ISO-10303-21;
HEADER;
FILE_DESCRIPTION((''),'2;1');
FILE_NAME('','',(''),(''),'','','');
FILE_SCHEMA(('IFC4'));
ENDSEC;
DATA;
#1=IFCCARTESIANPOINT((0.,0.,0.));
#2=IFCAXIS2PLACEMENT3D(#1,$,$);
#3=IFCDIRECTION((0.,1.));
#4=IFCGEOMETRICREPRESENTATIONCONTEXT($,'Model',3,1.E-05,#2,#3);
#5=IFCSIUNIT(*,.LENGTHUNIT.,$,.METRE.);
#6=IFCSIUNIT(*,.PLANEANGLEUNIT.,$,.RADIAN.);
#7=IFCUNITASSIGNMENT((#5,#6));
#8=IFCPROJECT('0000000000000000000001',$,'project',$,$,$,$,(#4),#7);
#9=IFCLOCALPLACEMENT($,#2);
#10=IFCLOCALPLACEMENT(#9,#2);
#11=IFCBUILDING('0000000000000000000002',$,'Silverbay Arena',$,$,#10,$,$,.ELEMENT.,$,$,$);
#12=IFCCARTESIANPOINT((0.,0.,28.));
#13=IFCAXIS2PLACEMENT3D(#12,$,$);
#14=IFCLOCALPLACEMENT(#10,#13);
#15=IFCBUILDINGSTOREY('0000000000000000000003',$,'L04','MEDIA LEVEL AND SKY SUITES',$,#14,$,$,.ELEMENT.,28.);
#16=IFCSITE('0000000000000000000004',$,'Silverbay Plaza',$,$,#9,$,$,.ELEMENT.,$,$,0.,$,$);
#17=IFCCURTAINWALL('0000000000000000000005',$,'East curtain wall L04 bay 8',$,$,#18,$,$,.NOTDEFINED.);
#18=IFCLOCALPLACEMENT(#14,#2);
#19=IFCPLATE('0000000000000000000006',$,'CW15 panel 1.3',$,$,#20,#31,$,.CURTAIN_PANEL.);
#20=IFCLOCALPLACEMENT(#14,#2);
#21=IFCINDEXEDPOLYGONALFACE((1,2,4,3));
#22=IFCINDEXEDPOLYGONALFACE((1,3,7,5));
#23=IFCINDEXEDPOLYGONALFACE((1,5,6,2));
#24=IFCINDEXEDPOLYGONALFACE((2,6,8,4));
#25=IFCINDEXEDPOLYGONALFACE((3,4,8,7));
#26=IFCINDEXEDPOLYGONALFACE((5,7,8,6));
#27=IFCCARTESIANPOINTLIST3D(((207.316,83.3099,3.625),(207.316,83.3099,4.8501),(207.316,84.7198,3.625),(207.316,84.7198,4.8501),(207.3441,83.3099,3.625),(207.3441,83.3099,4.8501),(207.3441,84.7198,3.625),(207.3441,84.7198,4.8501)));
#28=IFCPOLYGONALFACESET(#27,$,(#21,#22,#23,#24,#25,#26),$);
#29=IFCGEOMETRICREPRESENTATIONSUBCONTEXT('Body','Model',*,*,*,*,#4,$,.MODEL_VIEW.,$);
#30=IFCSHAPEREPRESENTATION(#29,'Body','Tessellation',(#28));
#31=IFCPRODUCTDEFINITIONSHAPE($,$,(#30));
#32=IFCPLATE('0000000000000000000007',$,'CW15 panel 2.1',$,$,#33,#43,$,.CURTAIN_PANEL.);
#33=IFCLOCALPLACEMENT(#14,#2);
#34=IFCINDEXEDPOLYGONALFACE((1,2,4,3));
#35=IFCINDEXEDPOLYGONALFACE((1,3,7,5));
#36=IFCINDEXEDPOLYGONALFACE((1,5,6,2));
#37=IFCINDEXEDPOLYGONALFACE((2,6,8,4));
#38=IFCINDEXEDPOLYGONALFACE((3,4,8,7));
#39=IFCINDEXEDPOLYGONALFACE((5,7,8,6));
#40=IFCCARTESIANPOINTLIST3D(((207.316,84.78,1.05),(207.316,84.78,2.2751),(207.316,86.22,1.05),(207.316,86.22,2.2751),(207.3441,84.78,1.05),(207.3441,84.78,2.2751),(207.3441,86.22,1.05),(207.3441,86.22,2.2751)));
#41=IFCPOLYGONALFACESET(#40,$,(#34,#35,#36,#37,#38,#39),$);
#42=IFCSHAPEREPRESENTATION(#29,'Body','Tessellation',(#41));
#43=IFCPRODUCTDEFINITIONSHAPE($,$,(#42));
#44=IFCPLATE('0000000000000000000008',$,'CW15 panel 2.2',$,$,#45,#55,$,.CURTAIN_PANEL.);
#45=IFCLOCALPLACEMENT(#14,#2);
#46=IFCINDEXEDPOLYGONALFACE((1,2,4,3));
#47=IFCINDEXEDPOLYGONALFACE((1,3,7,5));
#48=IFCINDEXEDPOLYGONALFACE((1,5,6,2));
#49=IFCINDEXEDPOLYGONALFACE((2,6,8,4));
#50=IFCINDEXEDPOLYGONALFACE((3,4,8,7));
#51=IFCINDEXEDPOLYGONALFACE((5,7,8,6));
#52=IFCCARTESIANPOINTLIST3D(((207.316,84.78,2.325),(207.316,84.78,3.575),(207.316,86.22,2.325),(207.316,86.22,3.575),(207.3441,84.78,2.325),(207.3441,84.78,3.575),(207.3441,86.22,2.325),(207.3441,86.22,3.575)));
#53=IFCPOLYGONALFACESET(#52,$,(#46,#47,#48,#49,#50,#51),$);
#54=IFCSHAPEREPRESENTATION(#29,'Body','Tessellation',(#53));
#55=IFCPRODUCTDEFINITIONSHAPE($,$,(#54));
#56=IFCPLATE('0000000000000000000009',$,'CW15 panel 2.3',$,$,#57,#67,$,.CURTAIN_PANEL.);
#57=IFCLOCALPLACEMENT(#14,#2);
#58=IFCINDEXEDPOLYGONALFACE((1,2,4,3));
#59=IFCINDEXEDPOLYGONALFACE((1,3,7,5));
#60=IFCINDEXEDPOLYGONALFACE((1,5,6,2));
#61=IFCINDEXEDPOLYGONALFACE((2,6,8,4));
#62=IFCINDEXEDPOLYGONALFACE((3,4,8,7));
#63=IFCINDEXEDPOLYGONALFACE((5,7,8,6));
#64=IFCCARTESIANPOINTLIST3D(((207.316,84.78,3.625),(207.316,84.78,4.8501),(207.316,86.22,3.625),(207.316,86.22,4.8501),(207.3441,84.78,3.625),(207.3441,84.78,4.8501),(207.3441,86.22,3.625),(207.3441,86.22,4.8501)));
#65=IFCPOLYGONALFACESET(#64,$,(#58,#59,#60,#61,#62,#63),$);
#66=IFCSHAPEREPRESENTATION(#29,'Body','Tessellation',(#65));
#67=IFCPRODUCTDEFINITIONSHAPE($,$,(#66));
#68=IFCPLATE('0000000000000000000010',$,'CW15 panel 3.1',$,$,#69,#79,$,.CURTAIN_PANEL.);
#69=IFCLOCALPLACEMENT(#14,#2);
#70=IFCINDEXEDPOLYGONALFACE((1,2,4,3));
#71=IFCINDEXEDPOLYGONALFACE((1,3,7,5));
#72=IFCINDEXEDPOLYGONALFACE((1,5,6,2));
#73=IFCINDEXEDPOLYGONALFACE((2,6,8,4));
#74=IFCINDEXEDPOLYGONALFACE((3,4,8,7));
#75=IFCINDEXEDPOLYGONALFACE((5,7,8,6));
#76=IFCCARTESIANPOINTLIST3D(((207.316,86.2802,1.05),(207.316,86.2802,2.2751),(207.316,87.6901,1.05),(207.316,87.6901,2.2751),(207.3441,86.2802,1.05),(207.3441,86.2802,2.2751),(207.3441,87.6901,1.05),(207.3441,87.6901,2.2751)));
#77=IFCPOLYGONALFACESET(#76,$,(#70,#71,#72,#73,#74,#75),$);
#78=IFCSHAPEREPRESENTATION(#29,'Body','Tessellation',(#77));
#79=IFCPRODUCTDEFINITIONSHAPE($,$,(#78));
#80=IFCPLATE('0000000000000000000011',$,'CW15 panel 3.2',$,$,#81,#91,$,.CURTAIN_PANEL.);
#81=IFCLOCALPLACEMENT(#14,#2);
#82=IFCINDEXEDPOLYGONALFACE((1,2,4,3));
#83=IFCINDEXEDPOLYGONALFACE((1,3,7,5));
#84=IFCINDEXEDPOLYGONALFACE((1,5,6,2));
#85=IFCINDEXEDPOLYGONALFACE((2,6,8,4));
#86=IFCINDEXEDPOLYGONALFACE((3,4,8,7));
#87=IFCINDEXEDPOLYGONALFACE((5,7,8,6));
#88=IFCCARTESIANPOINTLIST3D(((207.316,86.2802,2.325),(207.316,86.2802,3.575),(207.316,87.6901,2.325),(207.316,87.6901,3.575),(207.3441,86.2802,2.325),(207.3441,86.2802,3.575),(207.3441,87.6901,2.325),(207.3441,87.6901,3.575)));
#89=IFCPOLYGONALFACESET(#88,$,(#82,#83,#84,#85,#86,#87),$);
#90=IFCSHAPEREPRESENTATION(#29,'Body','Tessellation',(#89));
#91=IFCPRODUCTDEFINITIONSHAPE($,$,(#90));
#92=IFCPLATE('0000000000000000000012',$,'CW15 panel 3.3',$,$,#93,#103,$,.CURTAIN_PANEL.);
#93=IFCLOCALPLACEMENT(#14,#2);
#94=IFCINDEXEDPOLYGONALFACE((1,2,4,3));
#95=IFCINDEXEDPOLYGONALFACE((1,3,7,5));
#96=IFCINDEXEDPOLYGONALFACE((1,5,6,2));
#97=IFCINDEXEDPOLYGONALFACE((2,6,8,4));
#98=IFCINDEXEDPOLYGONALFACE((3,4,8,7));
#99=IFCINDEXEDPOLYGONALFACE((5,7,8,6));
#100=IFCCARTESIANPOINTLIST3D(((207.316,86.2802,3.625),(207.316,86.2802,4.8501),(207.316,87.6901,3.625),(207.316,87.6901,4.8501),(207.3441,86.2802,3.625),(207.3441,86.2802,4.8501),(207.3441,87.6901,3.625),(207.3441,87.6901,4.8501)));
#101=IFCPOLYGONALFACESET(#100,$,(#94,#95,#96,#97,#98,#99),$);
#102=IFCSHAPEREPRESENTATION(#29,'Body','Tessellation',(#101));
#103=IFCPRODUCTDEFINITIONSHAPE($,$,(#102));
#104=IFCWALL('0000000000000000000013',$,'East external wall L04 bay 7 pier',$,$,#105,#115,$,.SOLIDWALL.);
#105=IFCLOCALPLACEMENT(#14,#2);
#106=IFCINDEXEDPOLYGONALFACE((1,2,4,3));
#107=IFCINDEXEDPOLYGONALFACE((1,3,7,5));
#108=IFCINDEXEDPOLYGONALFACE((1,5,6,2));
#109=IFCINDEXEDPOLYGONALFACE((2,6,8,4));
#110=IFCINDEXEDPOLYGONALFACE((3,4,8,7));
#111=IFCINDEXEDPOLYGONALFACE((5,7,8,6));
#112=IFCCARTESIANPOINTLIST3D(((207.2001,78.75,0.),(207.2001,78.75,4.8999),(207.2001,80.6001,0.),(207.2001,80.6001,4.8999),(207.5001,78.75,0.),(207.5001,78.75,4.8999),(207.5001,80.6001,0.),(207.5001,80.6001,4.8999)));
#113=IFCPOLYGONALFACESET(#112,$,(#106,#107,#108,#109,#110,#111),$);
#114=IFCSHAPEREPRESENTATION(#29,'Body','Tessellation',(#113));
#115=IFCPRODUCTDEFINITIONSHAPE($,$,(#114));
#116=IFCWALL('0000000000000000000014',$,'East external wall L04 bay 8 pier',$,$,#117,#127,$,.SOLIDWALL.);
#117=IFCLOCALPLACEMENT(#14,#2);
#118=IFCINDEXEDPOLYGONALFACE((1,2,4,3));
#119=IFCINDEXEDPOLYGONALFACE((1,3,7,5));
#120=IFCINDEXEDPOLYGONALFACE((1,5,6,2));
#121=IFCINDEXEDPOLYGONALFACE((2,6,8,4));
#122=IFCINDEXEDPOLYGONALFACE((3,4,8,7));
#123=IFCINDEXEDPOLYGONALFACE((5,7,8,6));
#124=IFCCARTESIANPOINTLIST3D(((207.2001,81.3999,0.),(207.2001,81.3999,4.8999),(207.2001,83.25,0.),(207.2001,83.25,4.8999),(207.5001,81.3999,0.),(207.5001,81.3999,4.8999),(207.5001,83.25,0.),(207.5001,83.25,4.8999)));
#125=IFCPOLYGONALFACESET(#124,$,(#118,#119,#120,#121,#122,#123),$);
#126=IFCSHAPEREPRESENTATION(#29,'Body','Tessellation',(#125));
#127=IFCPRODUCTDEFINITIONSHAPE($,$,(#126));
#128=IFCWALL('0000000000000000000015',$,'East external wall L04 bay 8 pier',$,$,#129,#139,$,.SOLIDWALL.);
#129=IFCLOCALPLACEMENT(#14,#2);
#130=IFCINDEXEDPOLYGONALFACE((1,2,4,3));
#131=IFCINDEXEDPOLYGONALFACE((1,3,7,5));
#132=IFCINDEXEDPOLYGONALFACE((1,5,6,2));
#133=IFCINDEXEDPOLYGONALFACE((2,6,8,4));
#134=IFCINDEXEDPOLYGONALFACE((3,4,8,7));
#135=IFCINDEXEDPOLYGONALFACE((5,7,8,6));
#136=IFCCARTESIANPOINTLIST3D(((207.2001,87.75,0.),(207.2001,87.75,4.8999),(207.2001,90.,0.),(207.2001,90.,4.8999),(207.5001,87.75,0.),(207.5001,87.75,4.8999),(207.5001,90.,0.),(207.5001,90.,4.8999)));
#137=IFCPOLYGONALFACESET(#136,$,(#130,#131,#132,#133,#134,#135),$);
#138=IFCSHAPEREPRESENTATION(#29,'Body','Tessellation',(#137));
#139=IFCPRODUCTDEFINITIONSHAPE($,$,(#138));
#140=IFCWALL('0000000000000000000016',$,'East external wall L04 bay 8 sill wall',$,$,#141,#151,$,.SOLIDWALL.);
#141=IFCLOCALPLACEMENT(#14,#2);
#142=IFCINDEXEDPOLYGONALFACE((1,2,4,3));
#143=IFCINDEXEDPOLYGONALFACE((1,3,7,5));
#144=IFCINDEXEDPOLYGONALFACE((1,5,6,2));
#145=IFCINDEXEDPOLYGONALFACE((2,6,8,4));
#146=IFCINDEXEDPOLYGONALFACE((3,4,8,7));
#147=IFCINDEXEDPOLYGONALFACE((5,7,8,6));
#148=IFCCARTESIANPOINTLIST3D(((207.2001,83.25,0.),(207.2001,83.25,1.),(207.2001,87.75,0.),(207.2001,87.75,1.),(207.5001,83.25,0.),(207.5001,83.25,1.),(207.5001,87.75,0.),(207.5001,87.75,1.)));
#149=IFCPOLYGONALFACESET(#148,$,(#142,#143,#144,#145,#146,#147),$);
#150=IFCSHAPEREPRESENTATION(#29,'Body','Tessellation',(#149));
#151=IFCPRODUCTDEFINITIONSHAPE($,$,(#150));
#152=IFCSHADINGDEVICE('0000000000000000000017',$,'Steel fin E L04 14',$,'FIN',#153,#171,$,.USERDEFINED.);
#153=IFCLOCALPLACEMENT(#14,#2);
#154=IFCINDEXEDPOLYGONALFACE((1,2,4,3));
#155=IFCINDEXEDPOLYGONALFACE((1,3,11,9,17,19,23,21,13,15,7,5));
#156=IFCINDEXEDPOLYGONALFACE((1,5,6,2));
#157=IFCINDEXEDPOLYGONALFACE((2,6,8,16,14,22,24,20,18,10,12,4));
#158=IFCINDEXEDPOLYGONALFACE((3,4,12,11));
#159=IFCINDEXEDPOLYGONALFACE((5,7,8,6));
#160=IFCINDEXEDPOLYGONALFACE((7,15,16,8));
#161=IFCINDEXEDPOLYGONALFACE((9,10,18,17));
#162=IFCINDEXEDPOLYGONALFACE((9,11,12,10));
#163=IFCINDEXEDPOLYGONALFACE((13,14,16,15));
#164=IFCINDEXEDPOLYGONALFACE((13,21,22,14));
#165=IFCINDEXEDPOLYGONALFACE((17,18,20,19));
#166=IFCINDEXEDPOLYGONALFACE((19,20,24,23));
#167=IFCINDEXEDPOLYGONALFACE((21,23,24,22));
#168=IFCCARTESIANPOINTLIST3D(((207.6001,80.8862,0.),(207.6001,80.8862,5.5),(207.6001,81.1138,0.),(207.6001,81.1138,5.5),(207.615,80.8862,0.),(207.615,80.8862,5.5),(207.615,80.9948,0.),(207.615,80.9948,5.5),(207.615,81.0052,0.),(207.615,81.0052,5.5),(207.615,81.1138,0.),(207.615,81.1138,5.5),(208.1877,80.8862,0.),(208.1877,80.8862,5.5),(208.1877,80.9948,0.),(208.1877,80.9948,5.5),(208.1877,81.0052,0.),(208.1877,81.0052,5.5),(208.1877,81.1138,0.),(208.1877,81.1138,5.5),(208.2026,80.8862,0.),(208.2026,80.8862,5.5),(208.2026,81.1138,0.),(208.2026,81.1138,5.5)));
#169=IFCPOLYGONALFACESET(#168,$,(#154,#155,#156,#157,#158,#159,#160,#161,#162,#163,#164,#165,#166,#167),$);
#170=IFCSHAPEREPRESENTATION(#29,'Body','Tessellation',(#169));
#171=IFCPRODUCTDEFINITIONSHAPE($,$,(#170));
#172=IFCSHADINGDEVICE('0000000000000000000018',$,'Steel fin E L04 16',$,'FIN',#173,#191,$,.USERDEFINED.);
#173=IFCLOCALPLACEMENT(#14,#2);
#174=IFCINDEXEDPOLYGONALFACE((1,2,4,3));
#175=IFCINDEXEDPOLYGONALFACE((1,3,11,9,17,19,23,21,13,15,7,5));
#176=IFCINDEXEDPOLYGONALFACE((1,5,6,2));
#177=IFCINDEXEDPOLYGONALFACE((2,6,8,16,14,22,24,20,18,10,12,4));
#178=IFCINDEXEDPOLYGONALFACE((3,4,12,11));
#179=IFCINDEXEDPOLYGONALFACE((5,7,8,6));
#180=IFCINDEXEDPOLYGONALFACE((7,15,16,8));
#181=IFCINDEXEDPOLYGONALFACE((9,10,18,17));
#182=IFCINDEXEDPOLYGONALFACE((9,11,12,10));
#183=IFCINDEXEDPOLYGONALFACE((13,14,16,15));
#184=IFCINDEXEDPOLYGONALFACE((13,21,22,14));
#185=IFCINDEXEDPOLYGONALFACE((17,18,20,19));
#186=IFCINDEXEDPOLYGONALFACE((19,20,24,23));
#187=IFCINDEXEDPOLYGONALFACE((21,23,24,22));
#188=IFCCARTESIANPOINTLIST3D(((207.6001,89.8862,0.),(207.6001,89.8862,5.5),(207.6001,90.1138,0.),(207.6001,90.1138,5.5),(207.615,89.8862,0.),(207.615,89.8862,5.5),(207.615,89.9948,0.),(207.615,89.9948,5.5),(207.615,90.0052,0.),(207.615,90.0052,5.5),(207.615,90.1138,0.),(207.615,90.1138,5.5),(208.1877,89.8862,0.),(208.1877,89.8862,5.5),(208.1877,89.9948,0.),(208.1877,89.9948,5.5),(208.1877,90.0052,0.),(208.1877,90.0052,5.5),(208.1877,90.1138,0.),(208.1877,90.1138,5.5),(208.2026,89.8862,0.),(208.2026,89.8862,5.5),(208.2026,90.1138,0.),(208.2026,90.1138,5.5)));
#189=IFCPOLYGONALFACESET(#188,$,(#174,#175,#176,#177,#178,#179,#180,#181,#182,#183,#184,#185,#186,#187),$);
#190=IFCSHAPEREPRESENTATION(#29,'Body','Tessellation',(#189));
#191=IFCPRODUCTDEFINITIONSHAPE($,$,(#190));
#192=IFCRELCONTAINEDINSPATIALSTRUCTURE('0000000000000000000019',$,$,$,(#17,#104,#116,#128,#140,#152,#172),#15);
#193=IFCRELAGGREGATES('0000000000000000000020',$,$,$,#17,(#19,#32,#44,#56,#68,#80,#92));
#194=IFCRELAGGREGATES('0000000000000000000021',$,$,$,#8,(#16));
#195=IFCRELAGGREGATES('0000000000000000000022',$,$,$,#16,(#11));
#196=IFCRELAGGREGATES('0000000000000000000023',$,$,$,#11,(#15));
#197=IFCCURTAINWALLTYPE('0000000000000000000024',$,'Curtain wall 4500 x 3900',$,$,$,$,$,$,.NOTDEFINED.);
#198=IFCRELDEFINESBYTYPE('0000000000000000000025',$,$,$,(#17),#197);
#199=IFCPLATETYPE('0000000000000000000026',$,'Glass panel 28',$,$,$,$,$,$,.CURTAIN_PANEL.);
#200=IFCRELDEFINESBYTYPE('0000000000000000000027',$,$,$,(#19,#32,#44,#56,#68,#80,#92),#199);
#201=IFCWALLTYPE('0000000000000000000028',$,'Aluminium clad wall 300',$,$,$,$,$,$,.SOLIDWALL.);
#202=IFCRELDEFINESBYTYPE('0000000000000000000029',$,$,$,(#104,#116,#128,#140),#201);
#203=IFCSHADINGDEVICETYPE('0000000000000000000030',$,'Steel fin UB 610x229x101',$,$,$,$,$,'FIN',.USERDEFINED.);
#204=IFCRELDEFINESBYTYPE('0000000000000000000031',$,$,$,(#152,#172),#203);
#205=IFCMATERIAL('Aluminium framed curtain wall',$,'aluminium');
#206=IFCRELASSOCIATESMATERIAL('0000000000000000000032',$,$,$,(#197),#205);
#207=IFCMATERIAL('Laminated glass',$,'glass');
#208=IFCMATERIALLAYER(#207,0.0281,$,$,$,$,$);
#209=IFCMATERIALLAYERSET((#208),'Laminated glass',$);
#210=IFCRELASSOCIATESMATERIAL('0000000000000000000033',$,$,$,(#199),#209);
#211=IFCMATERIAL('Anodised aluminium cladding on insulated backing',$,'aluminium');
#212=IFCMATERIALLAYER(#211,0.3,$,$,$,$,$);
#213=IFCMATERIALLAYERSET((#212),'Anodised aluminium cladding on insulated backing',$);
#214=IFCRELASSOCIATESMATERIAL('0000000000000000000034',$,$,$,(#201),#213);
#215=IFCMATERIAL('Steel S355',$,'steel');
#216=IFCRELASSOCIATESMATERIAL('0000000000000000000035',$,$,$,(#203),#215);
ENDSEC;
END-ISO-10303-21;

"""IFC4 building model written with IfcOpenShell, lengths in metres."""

from ifc_helpers import new_model, si_unit, direction, frame, frame_2d, origin, origin_2d, place, context, subcontext, project, spatial, rectangle, i_section, extrude, material, layer, layer_set, material_profile, profile_set, type_object, element, aggregate, save


model = new_model("IFC4")

# Units and contexts
model_context = context("Model", 3, precision=1e-05, world=origin(), true_north=direction((0.0, 1.0)))
body_context = subcontext(model_context, "Body", "Model", "MODEL_VIEW")
ifc_project = project(units=[si_unit("LENGTHUNIT", "METRE"), si_unit("PLANEANGLEUNIT", "RADIAN")], contexts=[model_context])

# Site, building, storey
site_placement = place(None, origin())
site = spatial("IfcSite", under=ifc_project, at=site_placement, Name="Silverbay Plaza", CompositionType="ELEMENT", RefElevation=0.0)
building_placement = place(site_placement, origin())
building = spatial("IfcBuilding", under=site, at=building_placement, Name="Silverbay Arena", CompositionType="ELEMENT")
storey_placement = place(building_placement, frame((0.0, 0.0, 28.0)))
storey = spatial("IfcBuildingStorey", under=building, at=storey_placement, Name="L04", Description="MEDIA LEVEL AND SKY SUITES", CompositionType="ELEMENT", Elevation=28.0)

# Curtain wall
ifc_material_1 = material(Name="Aluminium framed curtain wall", Category="aluminium")
curtain_wall_type = type_object("IfcCurtainWallType", Name="Curtain wall 4500 x 3900", PredefinedType="NOTDEFINED", material=ifc_material_1)
curtain_wall_placement = place(storey_placement, origin())
curtain_wall = element("IfcCurtainWall", 1, at=curtain_wall_placement, inside=storey, type_object=curtain_wall_type, Name="East curtain wall L04 bay 8", PredefinedType="NOTDEFINED")

# Plates
ifc_material_2 = material(Name="Laminated glass", Category="glass")
ifc_layer_1 = layer(ifc_material_2, 0.0281)
ifc_layer_set_1 = layer_set([ifc_layer_1], Name="Laminated glass")
plate_type = type_object("IfcPlateType", Name="Glass panel 28", PredefinedType="CURTAIN_PANEL", material=ifc_layer_set_1)
plate_1_placement = place(storey_placement, frame((207.3301, 84.0149, 3.625), z_axis=(0.0, 0.0, 1.0), x_axis=(0.0, 1.0, 0.0)))
plate_1 = element("IfcPlate", 2, at=plate_1_placement, type_object=plate_type, Name="CW15 panel 1.3", PredefinedType="CURTAIN_PANEL", context=body_context, shape_type="SweptSolid", body=[
    extrude(rectangle(XDim=1.4099, YDim=0.0281, at=origin_2d()), origin(), (0.0, 0.0, 1.0), 1.2251),
])
plate_2_placement = place(storey_placement, frame((207.3301, 85.5, 1.05), z_axis=(0.0, 0.0, 1.0), x_axis=(0.0, 1.0, 0.0)))
plate_2 = element("IfcPlate", 3, at=plate_2_placement, type_object=plate_type, Name="CW15 panel 2.1", PredefinedType="CURTAIN_PANEL", context=body_context, shape_type="SweptSolid", body=[
    extrude(rectangle(XDim=1.4399, YDim=0.0281, at=origin_2d()), origin(), (0.0, 0.0, 1.0), 1.2251),
])
plate_3_placement = place(storey_placement, frame((207.3301, 85.5, 2.325), z_axis=(0.0, 0.0, 1.0), x_axis=(0.0, 1.0, 0.0)))
plate_3 = element("IfcPlate", 4, at=plate_3_placement, type_object=plate_type, Name="CW15 panel 2.2", PredefinedType="CURTAIN_PANEL", context=body_context, shape_type="SweptSolid", body=[
    extrude(rectangle(XDim=1.4399, YDim=0.0281, at=origin_2d()), origin(), (0.0, 0.0, 1.0), 1.25),
])
plate_4_placement = place(storey_placement, frame((207.3301, 85.5, 3.625), z_axis=(0.0, 0.0, 1.0), x_axis=(0.0, 1.0, 0.0)))
plate_4 = element("IfcPlate", 5, at=plate_4_placement, type_object=plate_type, Name="CW15 panel 2.3", PredefinedType="CURTAIN_PANEL", context=body_context, shape_type="SweptSolid", body=[
    extrude(rectangle(XDim=1.4399, YDim=0.0281, at=origin_2d()), origin(), (0.0, 0.0, 1.0), 1.2251),
])
plate_5_placement = place(storey_placement, frame((207.3301, 86.9851, 1.05), z_axis=(0.0, 0.0, 1.0), x_axis=(0.0, 1.0, 0.0)))
plate_5 = element("IfcPlate", 6, at=plate_5_placement, type_object=plate_type, Name="CW15 panel 3.1", PredefinedType="CURTAIN_PANEL", context=body_context, shape_type="SweptSolid", body=[
    extrude(rectangle(XDim=1.4099, YDim=0.0281, at=origin_2d()), origin(), (0.0, 0.0, 1.0), 1.2251),
])
plate_6_placement = place(storey_placement, frame((207.3301, 86.9851, 2.325), z_axis=(0.0, 0.0, 1.0), x_axis=(0.0, 1.0, 0.0)))
plate_6 = element("IfcPlate", 7, at=plate_6_placement, type_object=plate_type, Name="CW15 panel 3.2", PredefinedType="CURTAIN_PANEL", context=body_context, shape_type="SweptSolid", body=[
    extrude(rectangle(XDim=1.4099, YDim=0.0281, at=origin_2d()), origin(), (0.0, 0.0, 1.0), 1.25),
])
plate_7_placement = place(storey_placement, frame((207.3301, 86.9851, 3.625), z_axis=(0.0, 0.0, 1.0), x_axis=(0.0, 1.0, 0.0)))
plate_7 = element("IfcPlate", 8, at=plate_7_placement, type_object=plate_type, Name="CW15 panel 3.3", PredefinedType="CURTAIN_PANEL", context=body_context, shape_type="SweptSolid", body=[
    extrude(rectangle(XDim=1.4099, YDim=0.0281, at=origin_2d()), origin(), (0.0, 0.0, 1.0), 1.2251),
])
aggregate(curtain_wall, [plate_1, plate_2, plate_3, plate_4, plate_5, plate_6, plate_7])

# Walls
ifc_material_3 = material(Name="Anodised aluminium cladding on insulated backing", Category="aluminium")
ifc_layer_2 = layer(ifc_material_3, 0.3)
ifc_layer_set_2 = layer_set([ifc_layer_2], Name="Anodised aluminium cladding on insulated backing")
wall_type = type_object("IfcWallType", Name="Aluminium clad wall 300", PredefinedType="SOLIDWALL", material=ifc_layer_set_2)
for number, where, z_axis, x_axis, name in (
    (9, (207.3501, 78.75, 0.0), (0.0, 0.0, 1.0), (0.0, 1.0, 0.0), "East external wall L04 bay 7 pier"),
    (10, (207.3501, 81.3999, 0.0), (0.0, 0.0, 1.0), (0.0, 1.0, 0.0), "East external wall L04 bay 8 pier"),
):
    element("IfcWall", number, at=place(storey_placement, frame(where, z_axis=z_axis, x_axis=x_axis)), inside=storey, type_object=wall_type, Name=name, PredefinedType="SOLIDWALL", context=body_context, shape_type="SweptSolid", body=[
        extrude(rectangle(XDim=1.8501, YDim=0.3, at=frame_2d((0.925, 0.0))), origin(), (0.0, 0.0, 1.0), 4.8999),
    ])
wall_1_placement = place(storey_placement, frame((207.3501, 87.75, 0.0), z_axis=(0.0, 0.0, 1.0), x_axis=(0.0, 1.0, 0.0)))
element("IfcWall", 11, at=wall_1_placement, inside=storey, type_object=wall_type, Name="East external wall L04 bay 8 pier", PredefinedType="SOLIDWALL", context=body_context, shape_type="SweptSolid", body=[
    extrude(rectangle(XDim=2.25, YDim=0.3, at=frame_2d((1.125, 0.0))), origin(), (0.0, 0.0, 1.0), 4.8999),
])
wall_2_placement = place(storey_placement, frame((207.3501, 83.25, 0.0), z_axis=(0.0, 0.0, 1.0), x_axis=(0.0, 1.0, 0.0)))
element("IfcWall", 12, at=wall_2_placement, inside=storey, type_object=wall_type, Name="East external wall L04 bay 8 sill wall", PredefinedType="SOLIDWALL", context=body_context, shape_type="SweptSolid", body=[
    extrude(rectangle(XDim=4.5, YDim=0.3, at=frame_2d((2.25, 0.0))), origin(), (0.0, 0.0, 1.0), 1.0),
])

# Shading devices
ifc_material_4 = material(Name="Steel S355", Category="steel")
ifc_material_profile_1 = material_profile(ifc_material_4, i_section(OverallWidth=0.2275, OverallDepth=0.6025, WebThickness=0.0105, FlangeThickness=0.0149, at=origin_2d()), Name="UB 610x229x101")
ifc_profile_set_1 = profile_set([ifc_material_profile_1], Name="Steel S355")
shading_device_type = type_object("IfcShadingDeviceType", Name="Steel fin UB 610x229x101", ElementType="FIN", PredefinedType="USERDEFINED", material=ifc_profile_set_1)
for number, where, z_axis, x_axis, name in (
    (13, (207.9014, 81.0, 0.0), (0.0, 0.0, 1.0), (0.0, 1.0, 0.0), "Steel fin E L04 14"),
    (14, (207.9014, 90.0, 0.0), (0.0, 0.0, 1.0), (0.0, 1.0, 0.0), "Steel fin E L04 16"),
):
    element("IfcShadingDevice", number, at=place(storey_placement, frame(where, z_axis=z_axis, x_axis=x_axis)), inside=storey, type_object=shading_device_type, Name=name, ObjectType="FIN", PredefinedType="USERDEFINED", context=body_context, shape_type="SweptSolid", body=[
        extrude(i_section(OverallWidth=0.2275, OverallDepth=0.6025, WebThickness=0.0105, FlangeThickness=0.0149, at=origin_2d()), origin(), (0.0, 0.0, 1.0), 5.5),
    ])

save(model, "model.ifc")
